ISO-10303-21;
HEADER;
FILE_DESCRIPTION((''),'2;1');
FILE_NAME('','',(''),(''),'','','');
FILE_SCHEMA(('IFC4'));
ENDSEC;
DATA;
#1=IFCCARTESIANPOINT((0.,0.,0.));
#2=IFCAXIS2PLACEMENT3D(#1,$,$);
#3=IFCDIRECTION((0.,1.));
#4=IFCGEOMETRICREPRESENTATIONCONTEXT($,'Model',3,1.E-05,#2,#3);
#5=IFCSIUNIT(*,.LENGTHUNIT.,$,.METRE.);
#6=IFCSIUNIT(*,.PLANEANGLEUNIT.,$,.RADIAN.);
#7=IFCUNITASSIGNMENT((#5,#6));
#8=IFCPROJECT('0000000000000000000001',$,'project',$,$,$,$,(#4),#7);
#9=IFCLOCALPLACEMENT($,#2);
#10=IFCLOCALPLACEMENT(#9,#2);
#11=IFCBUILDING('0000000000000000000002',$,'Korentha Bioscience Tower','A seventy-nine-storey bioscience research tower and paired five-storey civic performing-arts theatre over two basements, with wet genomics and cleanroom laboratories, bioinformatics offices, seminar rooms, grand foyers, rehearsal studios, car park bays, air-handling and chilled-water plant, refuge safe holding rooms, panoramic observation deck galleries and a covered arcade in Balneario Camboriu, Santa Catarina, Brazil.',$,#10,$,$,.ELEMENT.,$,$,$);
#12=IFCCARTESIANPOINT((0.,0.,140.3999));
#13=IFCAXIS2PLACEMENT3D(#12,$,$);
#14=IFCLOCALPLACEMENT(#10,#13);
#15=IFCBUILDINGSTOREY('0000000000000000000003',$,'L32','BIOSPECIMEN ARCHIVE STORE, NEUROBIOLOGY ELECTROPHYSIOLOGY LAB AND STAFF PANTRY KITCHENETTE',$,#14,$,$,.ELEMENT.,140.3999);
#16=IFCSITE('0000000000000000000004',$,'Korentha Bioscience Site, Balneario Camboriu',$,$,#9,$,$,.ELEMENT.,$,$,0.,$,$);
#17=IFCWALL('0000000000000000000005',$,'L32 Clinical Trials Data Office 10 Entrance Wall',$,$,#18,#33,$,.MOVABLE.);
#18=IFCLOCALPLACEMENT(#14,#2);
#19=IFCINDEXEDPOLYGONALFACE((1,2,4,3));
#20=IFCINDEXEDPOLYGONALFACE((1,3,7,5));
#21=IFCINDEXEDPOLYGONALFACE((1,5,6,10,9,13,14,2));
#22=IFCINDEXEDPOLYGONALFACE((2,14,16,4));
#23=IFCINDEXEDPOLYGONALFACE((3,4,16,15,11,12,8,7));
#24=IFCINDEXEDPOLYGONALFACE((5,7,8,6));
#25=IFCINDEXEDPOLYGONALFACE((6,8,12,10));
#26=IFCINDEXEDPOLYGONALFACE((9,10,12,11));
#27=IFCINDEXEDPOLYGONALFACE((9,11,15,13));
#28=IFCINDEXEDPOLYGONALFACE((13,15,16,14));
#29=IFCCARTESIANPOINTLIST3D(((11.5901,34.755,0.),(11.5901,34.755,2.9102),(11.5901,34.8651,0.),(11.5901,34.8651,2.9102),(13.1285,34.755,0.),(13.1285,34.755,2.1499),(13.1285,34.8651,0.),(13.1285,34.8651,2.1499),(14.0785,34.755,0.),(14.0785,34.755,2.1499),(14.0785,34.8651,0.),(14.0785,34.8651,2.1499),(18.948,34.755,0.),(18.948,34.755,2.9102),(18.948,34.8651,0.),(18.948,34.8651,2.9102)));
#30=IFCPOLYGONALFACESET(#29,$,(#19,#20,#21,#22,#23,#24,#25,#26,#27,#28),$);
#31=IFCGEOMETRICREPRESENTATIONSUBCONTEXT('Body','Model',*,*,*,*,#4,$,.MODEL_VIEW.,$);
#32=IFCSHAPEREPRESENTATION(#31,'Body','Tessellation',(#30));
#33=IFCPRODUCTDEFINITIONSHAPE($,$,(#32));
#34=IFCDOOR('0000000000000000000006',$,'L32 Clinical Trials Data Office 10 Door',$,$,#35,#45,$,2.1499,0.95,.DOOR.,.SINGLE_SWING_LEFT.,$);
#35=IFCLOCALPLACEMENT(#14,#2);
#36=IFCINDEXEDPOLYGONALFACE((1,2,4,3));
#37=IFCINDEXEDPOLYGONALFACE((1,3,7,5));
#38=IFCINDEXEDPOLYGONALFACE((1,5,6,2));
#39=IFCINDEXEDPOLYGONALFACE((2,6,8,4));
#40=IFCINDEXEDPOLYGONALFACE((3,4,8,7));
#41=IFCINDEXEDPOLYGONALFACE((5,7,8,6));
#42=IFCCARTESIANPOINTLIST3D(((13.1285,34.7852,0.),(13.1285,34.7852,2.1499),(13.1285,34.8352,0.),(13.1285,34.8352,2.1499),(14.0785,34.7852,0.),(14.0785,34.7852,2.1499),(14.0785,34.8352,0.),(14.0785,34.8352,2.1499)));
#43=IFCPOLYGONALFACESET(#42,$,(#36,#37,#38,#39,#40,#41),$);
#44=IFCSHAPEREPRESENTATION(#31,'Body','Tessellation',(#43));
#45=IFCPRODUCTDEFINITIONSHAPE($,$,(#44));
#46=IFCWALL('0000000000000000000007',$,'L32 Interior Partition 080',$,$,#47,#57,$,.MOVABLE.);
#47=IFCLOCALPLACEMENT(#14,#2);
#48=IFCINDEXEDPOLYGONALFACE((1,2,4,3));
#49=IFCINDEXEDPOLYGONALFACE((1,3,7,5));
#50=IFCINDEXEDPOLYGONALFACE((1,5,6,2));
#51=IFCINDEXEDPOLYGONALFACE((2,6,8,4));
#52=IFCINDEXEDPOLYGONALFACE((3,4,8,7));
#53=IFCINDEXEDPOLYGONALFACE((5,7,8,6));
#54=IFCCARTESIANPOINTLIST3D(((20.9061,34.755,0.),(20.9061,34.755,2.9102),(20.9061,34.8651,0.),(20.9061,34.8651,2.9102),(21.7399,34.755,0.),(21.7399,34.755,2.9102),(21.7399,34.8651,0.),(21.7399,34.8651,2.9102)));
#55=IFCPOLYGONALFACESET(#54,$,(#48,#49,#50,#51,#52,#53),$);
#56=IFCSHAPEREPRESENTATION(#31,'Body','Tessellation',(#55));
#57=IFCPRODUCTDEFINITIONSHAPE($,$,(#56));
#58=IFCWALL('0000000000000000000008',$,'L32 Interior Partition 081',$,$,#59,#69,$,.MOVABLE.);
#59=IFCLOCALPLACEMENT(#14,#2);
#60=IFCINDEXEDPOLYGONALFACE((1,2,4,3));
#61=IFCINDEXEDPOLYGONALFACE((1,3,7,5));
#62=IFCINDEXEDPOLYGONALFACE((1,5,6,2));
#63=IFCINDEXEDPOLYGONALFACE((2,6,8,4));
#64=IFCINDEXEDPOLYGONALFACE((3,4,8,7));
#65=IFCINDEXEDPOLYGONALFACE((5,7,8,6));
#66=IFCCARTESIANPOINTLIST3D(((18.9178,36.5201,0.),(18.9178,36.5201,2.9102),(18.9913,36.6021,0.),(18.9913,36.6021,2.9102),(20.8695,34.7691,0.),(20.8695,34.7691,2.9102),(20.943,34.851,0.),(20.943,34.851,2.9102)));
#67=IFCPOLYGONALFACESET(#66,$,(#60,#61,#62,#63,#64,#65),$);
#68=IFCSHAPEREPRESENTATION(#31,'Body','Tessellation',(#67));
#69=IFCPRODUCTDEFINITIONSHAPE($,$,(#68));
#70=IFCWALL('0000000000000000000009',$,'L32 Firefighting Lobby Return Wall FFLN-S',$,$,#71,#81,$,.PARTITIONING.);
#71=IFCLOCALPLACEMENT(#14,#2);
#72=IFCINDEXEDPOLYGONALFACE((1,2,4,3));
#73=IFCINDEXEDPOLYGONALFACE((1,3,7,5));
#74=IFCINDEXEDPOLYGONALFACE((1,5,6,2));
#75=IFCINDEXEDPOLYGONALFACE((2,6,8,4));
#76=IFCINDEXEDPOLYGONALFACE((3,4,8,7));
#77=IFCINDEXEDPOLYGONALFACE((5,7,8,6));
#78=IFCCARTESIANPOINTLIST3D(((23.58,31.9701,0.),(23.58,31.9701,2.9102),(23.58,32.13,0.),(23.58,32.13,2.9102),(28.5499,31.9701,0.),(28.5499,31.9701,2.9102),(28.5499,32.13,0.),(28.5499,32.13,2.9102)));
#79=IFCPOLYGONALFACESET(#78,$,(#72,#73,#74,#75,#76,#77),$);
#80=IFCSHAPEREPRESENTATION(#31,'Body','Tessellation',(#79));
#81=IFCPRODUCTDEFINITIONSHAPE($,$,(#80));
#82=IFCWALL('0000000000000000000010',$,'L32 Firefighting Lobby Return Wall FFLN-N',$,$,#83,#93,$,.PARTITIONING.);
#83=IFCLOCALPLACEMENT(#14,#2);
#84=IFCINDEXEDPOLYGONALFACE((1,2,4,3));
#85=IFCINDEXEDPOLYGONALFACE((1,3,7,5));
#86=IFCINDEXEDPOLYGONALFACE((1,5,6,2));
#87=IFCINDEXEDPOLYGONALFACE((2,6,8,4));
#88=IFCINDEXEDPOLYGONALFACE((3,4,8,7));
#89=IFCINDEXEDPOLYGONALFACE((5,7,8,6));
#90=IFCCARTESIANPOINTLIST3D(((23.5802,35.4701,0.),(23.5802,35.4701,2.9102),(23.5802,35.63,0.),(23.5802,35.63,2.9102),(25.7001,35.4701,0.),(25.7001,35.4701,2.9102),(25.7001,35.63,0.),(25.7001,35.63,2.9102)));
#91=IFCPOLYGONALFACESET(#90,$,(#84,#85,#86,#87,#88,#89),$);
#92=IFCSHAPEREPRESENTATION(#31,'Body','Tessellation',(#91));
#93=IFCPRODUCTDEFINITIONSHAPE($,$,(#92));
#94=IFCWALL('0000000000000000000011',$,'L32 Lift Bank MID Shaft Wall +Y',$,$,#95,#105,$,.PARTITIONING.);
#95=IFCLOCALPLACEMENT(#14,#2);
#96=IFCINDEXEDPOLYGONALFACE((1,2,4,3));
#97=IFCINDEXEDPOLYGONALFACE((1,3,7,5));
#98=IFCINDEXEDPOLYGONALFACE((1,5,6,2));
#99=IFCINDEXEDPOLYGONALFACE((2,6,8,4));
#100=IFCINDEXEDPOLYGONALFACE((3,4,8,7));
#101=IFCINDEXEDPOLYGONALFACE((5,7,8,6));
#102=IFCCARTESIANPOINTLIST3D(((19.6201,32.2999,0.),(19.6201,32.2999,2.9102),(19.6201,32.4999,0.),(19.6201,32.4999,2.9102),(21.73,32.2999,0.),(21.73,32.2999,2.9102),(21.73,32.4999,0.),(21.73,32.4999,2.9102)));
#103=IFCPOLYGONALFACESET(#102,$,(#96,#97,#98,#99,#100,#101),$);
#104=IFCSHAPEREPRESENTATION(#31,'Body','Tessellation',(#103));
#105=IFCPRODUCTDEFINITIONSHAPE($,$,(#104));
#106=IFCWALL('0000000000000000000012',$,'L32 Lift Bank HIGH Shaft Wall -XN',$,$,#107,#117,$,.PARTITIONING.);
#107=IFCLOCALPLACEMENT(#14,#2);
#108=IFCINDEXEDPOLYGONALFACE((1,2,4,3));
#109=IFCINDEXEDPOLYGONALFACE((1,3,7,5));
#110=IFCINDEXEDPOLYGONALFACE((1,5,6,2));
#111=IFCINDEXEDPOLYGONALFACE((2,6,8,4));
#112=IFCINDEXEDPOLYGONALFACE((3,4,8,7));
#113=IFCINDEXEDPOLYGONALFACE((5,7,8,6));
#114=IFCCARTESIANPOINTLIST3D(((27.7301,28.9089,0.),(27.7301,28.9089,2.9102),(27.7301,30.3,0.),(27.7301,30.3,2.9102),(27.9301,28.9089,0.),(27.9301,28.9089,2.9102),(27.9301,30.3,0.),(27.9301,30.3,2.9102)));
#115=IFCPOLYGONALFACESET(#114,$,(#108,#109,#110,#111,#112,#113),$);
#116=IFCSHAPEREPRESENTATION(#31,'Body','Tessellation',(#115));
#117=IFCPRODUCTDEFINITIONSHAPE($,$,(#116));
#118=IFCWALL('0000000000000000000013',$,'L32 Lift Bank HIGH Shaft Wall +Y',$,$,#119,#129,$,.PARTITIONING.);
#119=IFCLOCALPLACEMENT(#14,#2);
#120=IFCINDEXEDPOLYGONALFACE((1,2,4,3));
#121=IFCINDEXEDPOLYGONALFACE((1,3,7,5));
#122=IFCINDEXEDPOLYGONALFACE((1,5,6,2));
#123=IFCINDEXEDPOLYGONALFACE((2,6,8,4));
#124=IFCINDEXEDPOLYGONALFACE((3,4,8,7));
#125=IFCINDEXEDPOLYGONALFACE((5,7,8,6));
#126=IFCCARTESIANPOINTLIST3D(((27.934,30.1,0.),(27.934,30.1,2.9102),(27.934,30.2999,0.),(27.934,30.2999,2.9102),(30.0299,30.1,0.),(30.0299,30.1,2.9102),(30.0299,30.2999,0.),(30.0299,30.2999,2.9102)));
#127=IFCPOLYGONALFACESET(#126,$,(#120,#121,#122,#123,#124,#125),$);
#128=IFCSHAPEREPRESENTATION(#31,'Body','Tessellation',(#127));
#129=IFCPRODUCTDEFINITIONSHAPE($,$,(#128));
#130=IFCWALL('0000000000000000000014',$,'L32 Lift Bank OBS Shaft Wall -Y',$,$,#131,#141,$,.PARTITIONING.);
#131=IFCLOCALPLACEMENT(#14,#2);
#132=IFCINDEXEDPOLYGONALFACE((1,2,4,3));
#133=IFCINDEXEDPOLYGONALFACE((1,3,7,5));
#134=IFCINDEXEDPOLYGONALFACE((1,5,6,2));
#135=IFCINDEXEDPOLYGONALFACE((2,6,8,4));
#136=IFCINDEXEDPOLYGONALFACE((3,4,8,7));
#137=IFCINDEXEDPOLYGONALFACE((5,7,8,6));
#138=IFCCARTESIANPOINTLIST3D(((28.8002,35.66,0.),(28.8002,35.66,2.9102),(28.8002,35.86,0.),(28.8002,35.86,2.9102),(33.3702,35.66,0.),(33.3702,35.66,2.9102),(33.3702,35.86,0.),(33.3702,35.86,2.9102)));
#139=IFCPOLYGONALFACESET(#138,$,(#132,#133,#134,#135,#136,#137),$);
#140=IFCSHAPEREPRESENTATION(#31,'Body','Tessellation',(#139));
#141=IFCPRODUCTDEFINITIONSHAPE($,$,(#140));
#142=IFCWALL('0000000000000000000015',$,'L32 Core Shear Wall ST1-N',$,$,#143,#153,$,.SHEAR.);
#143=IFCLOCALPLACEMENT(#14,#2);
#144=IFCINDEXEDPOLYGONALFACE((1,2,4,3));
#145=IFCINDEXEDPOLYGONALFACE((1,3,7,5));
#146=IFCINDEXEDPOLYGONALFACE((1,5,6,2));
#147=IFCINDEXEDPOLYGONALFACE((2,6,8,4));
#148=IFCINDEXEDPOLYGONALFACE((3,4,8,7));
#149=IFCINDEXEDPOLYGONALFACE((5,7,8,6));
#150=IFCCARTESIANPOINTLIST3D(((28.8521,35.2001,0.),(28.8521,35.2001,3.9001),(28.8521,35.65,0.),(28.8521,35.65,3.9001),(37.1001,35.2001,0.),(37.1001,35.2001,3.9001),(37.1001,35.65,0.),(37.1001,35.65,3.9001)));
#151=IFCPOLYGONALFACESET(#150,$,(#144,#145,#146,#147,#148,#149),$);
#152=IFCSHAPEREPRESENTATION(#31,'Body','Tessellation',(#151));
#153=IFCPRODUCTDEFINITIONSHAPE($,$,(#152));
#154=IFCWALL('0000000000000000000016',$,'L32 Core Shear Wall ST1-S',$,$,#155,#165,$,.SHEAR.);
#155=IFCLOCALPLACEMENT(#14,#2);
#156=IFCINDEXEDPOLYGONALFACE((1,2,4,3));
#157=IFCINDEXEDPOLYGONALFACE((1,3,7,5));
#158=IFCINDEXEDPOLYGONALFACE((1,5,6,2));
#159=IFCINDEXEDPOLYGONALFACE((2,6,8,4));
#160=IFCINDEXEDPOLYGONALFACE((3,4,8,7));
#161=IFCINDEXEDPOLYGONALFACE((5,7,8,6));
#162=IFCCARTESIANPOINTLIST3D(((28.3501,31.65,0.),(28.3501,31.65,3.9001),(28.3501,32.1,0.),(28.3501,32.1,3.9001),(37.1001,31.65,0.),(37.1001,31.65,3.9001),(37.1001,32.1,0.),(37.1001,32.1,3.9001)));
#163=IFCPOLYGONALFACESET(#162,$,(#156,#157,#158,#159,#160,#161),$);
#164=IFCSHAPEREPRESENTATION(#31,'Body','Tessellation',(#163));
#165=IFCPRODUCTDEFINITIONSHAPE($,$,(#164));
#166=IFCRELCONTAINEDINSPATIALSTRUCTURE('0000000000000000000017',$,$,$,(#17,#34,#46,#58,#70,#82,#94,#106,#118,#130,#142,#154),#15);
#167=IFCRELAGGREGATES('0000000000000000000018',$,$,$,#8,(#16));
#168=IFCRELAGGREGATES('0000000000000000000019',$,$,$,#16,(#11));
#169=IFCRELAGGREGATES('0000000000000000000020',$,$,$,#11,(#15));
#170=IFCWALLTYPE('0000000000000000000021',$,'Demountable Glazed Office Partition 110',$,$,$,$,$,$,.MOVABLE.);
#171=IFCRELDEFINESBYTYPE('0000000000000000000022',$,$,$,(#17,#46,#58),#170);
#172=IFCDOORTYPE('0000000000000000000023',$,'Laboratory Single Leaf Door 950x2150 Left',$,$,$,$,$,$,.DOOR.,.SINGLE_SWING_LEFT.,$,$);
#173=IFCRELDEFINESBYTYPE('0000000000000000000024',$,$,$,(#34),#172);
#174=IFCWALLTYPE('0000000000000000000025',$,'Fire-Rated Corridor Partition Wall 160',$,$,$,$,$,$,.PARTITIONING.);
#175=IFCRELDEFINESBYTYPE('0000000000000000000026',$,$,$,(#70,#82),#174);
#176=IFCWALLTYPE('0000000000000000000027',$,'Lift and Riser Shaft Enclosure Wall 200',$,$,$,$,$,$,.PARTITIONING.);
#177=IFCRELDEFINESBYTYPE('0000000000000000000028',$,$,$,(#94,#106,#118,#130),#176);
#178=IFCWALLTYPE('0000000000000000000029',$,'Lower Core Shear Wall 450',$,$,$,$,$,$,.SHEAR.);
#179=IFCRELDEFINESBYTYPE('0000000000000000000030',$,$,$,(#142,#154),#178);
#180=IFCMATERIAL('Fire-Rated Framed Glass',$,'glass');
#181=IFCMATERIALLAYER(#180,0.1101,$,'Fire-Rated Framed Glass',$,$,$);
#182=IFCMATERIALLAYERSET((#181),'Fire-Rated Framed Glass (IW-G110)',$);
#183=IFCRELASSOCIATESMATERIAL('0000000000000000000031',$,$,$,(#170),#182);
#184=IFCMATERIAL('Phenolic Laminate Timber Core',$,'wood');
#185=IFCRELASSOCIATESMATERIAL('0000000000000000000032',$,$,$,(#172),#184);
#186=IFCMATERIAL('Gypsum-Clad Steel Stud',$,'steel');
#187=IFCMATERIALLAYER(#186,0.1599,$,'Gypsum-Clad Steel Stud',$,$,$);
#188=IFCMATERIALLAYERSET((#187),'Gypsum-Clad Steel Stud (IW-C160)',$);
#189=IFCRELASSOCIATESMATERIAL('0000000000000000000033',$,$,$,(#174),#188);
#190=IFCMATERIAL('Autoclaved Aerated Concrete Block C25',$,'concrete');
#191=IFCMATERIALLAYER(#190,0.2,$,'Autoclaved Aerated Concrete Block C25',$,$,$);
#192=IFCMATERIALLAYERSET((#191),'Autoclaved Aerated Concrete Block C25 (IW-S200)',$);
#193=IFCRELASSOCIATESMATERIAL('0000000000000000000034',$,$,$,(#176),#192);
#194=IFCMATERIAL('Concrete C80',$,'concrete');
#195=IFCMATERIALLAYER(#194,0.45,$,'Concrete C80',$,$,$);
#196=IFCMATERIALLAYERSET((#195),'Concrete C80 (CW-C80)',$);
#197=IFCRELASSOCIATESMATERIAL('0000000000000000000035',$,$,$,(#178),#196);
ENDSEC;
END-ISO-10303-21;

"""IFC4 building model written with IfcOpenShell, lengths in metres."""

from ifc_helpers import new_model, si_unit, direction, frame, frame_2d, origin, place, context, subcontext, project, spatial, rectangle, extrude, material, layer, layer_set, type_object, element, fill, save


model = new_model("IFC4")

# Units and contexts
model_context = context("Model", 3, precision=1e-05, world=origin(), true_north=direction((0.0, 1.0)))
body_context = subcontext(model_context, "Body", "Model", "MODEL_VIEW")
ifc_project = project(units=[si_unit("LENGTHUNIT", "METRE"), si_unit("PLANEANGLEUNIT", "RADIAN")], contexts=[model_context])

# Site, building, storey
site_placement = place(None, origin())
site = spatial("IfcSite", under=ifc_project, at=site_placement, Name="Korentha Bioscience Site, Balneario Camboriu", CompositionType="ELEMENT", RefElevation=0.0)
building_placement = place(site_placement, origin())
building = spatial("IfcBuilding", under=site, at=building_placement, Name="Korentha Bioscience Tower", Description="A seventy-nine-storey bioscience research tower and paired five-storey civic performing-arts theatre over two basements, with wet genomics and cleanroom laboratories, bioinformatics offices, seminar rooms, grand foyers, rehearsal studios, car park bays, air-handling and chilled-water plant, refuge safe holding rooms, panoramic observation deck galleries and a covered arcade in Balneario Camboriu, Santa Catarina, Brazil.", CompositionType="ELEMENT")
storey_placement = place(building_placement, frame((0.0, 0.0, 140.3999)))
storey = spatial("IfcBuildingStorey", under=building, at=storey_placement, Name="L32", Description="BIOSPECIMEN ARCHIVE STORE, NEUROBIOLOGY ELECTROPHYSIOLOGY LAB AND STAFF PANTRY KITCHENETTE", CompositionType="ELEMENT", Elevation=140.3999)

# Wall, opening, door
ifc_material_1 = material(Name="Fire-Rated Framed Glass", Category="glass")
ifc_layer_1 = layer(ifc_material_1, 0.1101, Name="Fire-Rated Framed Glass")
ifc_layer_set_1 = layer_set([ifc_layer_1], Name="Fire-Rated Framed Glass (IW-G110)")
wall_type_1 = type_object("IfcWallType", Name="Demountable Glazed Office Partition 110", PredefinedType="MOVABLE", material=ifc_layer_set_1)
wall_1_placement = place(storey_placement, frame((18.948, 34.8101, 0.0), z_axis=(0.0, 0.0, 1.0), x_axis=(-1.0, 0.0, 0.0)))
wall_1 = element("IfcWall", 1, at=wall_1_placement, inside=storey, type_object=wall_type_1, Name="L32 Clinical Trials Data Office 10 Entrance Wall", PredefinedType="MOVABLE", context=body_context, shape_type="SweptSolid", body=[
    extrude(rectangle(XDim=7.3579, YDim=0.1101, at=frame_2d((3.679, 0.0))), origin(), (0.0, 0.0, 1.0), 2.9102),
])
opening_1_placement = place(wall_1_placement, frame((4.8694, 0.0, 0.0)))
opening_1 = element("IfcOpeningElement", 2, at=opening_1_placement, cuts=wall_1, PredefinedType="OPENING", context=body_context, shape_type="SweptSolid", body=[
    extrude(rectangle(XDim=0.95, YDim=2.1499, at=frame_2d((0.4751, 1.075))), frame((0.0, 0.0698, 0.0), z_axis=(0.0, -1.0, 0.0), x_axis=(1.0, 0.0, 0.0)), (0.0, 0.0, 1.0), 0.1399),
])
ifc_material_2 = material(Name="Phenolic Laminate Timber Core", Category="wood")
door_type_1 = type_object("IfcDoorType", Name="Laboratory Single Leaf Door 950x2150 Left", OperationType="SINGLE_SWING_LEFT", PredefinedType="DOOR", material=ifc_material_2)
door_1_placement = place(opening_1_placement, origin())
door_1 = element("IfcDoor", 3, at=door_1_placement, inside=storey, type_object=door_type_1, Name="L32 Clinical Trials Data Office 10 Door", OperationType="SINGLE_SWING_LEFT", OverallHeight=2.1499, OverallWidth=0.95, PredefinedType="DOOR", context=body_context, shape_type="SweptSolid", body=[
    extrude(rectangle(XDim=0.95, YDim=2.1499, at=frame_2d((0.4751, 1.075))), frame((0.0, 0.0249, 0.0), z_axis=(0.0, -1.0, 0.0), x_axis=(1.0, 0.0, 0.0)), (0.0, 0.0, 1.0), 0.05),
])
fill(opening_1, door_1)

# Walls
wall_2_placement = place(storey_placement, frame((21.74, 34.8101, 0.0), z_axis=(0.0, 0.0, 1.0), x_axis=(-1.0, 0.0, 0.0)))
element("IfcWall", 4, at=wall_2_placement, inside=storey, type_object=wall_type_1, Name="L32 Interior Partition 080", PredefinedType="MOVABLE", context=body_context, shape_type="SweptSolid", body=[
    extrude(rectangle(XDim=0.8337, YDim=0.1101, at=frame_2d((0.417, 0.0))), origin(), (0.0, 0.0, 1.0), 2.9102),
])
wall_3_placement = place(storey_placement, frame((20.9062, 34.8101, 0.0), z_axis=(0.0, 0.0, 1.0), x_axis=(-0.74434, 0.667801, 0.0)))
element("IfcWall", 5, at=wall_3_placement, inside=storey, type_object=wall_type_1, Name="L32 Interior Partition 081", PredefinedType="MOVABLE", context=body_context, shape_type="SweptSolid", body=[
    extrude(rectangle(XDim=2.6221, YDim=0.1101, at=frame_2d((1.311, 0.0))), origin(), (0.0, 0.0, 1.0), 2.9102),
])

# Shared definitions
ifc_material_3 = material(Name="Gypsum-Clad Steel Stud", Category="steel")
ifc_layer_2 = layer(ifc_material_3, 0.1599, Name="Gypsum-Clad Steel Stud")
ifc_layer_set_2 = layer_set([ifc_layer_2], Name="Gypsum-Clad Steel Stud (IW-C160)")
wall_type_2 = type_object("IfcWallType", Name="Fire-Rated Corridor Partition Wall 160", PredefinedType="PARTITIONING", material=ifc_layer_set_2)

# Walls
wall_4_placement = place(storey_placement, frame((23.5801, 32.05, 0.0), z_axis=(0.0, 0.0, 1.0), x_axis=(1.0, 0.0, 0.0)))
element("IfcWall", 6, at=wall_4_placement, inside=storey, type_object=wall_type_2, Name="L32 Firefighting Lobby Return Wall FFLN-S", PredefinedType="PARTITIONING", context=body_context, shape_type="SweptSolid", body=[
    extrude(rectangle(XDim=4.97, YDim=0.1599, at=frame_2d((2.4849, 0.0))), origin(), (0.0, 0.0, 1.0), 2.9102),
])
wall_5_placement = place(storey_placement, frame((23.5801, 35.55, 0.0), z_axis=(0.0, 0.0, 1.0), x_axis=(1.0, 0.0, 0.0)))
element("IfcWall", 7, at=wall_5_placement, inside=storey, type_object=wall_type_2, Name="L32 Firefighting Lobby Return Wall FFLN-N", PredefinedType="PARTITIONING", context=body_context, shape_type="SweptSolid", body=[
    extrude(rectangle(XDim=2.1199, YDim=0.1599, at=frame_2d((1.0601, 0.0))), origin(), (0.0, 0.0, 1.0), 2.9102),
])
ifc_material_4 = material(Name="Autoclaved Aerated Concrete Block C25", Category="concrete")
ifc_layer_3 = layer(ifc_material_4, 0.2, Name="Autoclaved Aerated Concrete Block C25")
ifc_layer_set_3 = layer_set([ifc_layer_3], Name="Autoclaved Aerated Concrete Block C25 (IW-S200)")
wall_type_3 = type_object("IfcWallType", Name="Lift and Riser Shaft Enclosure Wall 200", PredefinedType="PARTITIONING", material=ifc_layer_set_3)
wall_6_placement = place(storey_placement, frame((19.6201, 32.3999, 0.0), z_axis=(0.0, 0.0, 1.0), x_axis=(1.0, 0.0, 0.0)))
element("IfcWall", 8, at=wall_6_placement, inside=storey, type_object=wall_type_3, Name="L32 Lift Bank MID Shaft Wall +Y", PredefinedType="PARTITIONING", context=body_context, shape_type="SweptSolid", body=[
    extrude(rectangle(XDim=2.1099, YDim=0.2, at=frame_2d((1.0549, 0.0))), origin(), (0.0, 0.0, 1.0), 2.9102),
])
wall_7_placement = place(storey_placement, frame((27.8301, 28.9089, 0.0), z_axis=(0.0, 0.0, 1.0), x_axis=(0.0, 1.0, 0.0)))
element("IfcWall", 9, at=wall_7_placement, inside=storey, type_object=wall_type_3, Name="L32 Lift Bank HIGH Shaft Wall -XN", PredefinedType="PARTITIONING", context=body_context, shape_type="SweptSolid", body=[
    extrude(rectangle(XDim=1.3911, YDim=0.2, at=frame_2d((0.6956, 0.0))), origin(), (0.0, 0.0, 1.0), 2.9102),
])
wall_8_placement = place(storey_placement, frame((27.9341, 30.2, 0.0), z_axis=(0.0, 0.0, 1.0), x_axis=(1.0, 0.0, 0.0)))
element("IfcWall", 10, at=wall_8_placement, inside=storey, type_object=wall_type_3, Name="L32 Lift Bank HIGH Shaft Wall +Y", PredefinedType="PARTITIONING", context=body_context, shape_type="SweptSolid", body=[
    extrude(rectangle(XDim=2.0959, YDim=0.2, at=frame_2d((1.0479, 0.0))), origin(), (0.0, 0.0, 1.0), 2.9102),
])
wall_9_placement = place(storey_placement, frame((28.8, 35.76, 0.0), z_axis=(0.0, 0.0, 1.0), x_axis=(1.0, 0.0, 0.0)))
element("IfcWall", 11, at=wall_9_placement, inside=storey, type_object=wall_type_3, Name="L32 Lift Bank OBS Shaft Wall -Y", PredefinedType="PARTITIONING", context=body_context, shape_type="SweptSolid", body=[
    extrude(rectangle(XDim=4.5701, YDim=0.2, at=frame_2d((2.2852, 0.0))), origin(), (0.0, 0.0, 1.0), 2.9102),
])
ifc_material_5 = material(Name="Concrete C80", Category="concrete")
ifc_layer_4 = layer(ifc_material_5, 0.45, Name="Concrete C80")
ifc_layer_set_4 = layer_set([ifc_layer_4], Name="Concrete C80 (CW-C80)")
wall_type_4 = type_object("IfcWallType", Name="Lower Core Shear Wall 450", PredefinedType="SHEAR", material=ifc_layer_set_4)
wall_10_placement = place(storey_placement, frame((28.8521, 35.425, 0.0), z_axis=(0.0, 0.0, 1.0), x_axis=(1.0, 0.0, 0.0)))
element("IfcWall", 12, at=wall_10_placement, inside=storey, type_object=wall_type_4, Name="L32 Core Shear Wall ST1-N", PredefinedType="SHEAR", context=body_context, shape_type="SweptSolid", body=[
    extrude(rectangle(XDim=8.248, YDim=0.45, at=frame_2d((4.124, 0.0))), origin(), (0.0, 0.0, 1.0), 3.9001),
])
wall_11_placement = place(storey_placement, frame((28.3501, 31.875, 0.0), z_axis=(0.0, 0.0, 1.0), x_axis=(1.0, 0.0, 0.0)))
element("IfcWall", 13, at=wall_11_placement, inside=storey, type_object=wall_type_4, Name="L32 Core Shear Wall ST1-S", PredefinedType="SHEAR", context=body_context, shape_type="SweptSolid", body=[
    extrude(rectangle(XDim=8.75, YDim=0.45, at=frame_2d((4.375, 0.0))), origin(), (0.0, 0.0, 1.0), 3.9001),
])

save(model, "model.ifc")
